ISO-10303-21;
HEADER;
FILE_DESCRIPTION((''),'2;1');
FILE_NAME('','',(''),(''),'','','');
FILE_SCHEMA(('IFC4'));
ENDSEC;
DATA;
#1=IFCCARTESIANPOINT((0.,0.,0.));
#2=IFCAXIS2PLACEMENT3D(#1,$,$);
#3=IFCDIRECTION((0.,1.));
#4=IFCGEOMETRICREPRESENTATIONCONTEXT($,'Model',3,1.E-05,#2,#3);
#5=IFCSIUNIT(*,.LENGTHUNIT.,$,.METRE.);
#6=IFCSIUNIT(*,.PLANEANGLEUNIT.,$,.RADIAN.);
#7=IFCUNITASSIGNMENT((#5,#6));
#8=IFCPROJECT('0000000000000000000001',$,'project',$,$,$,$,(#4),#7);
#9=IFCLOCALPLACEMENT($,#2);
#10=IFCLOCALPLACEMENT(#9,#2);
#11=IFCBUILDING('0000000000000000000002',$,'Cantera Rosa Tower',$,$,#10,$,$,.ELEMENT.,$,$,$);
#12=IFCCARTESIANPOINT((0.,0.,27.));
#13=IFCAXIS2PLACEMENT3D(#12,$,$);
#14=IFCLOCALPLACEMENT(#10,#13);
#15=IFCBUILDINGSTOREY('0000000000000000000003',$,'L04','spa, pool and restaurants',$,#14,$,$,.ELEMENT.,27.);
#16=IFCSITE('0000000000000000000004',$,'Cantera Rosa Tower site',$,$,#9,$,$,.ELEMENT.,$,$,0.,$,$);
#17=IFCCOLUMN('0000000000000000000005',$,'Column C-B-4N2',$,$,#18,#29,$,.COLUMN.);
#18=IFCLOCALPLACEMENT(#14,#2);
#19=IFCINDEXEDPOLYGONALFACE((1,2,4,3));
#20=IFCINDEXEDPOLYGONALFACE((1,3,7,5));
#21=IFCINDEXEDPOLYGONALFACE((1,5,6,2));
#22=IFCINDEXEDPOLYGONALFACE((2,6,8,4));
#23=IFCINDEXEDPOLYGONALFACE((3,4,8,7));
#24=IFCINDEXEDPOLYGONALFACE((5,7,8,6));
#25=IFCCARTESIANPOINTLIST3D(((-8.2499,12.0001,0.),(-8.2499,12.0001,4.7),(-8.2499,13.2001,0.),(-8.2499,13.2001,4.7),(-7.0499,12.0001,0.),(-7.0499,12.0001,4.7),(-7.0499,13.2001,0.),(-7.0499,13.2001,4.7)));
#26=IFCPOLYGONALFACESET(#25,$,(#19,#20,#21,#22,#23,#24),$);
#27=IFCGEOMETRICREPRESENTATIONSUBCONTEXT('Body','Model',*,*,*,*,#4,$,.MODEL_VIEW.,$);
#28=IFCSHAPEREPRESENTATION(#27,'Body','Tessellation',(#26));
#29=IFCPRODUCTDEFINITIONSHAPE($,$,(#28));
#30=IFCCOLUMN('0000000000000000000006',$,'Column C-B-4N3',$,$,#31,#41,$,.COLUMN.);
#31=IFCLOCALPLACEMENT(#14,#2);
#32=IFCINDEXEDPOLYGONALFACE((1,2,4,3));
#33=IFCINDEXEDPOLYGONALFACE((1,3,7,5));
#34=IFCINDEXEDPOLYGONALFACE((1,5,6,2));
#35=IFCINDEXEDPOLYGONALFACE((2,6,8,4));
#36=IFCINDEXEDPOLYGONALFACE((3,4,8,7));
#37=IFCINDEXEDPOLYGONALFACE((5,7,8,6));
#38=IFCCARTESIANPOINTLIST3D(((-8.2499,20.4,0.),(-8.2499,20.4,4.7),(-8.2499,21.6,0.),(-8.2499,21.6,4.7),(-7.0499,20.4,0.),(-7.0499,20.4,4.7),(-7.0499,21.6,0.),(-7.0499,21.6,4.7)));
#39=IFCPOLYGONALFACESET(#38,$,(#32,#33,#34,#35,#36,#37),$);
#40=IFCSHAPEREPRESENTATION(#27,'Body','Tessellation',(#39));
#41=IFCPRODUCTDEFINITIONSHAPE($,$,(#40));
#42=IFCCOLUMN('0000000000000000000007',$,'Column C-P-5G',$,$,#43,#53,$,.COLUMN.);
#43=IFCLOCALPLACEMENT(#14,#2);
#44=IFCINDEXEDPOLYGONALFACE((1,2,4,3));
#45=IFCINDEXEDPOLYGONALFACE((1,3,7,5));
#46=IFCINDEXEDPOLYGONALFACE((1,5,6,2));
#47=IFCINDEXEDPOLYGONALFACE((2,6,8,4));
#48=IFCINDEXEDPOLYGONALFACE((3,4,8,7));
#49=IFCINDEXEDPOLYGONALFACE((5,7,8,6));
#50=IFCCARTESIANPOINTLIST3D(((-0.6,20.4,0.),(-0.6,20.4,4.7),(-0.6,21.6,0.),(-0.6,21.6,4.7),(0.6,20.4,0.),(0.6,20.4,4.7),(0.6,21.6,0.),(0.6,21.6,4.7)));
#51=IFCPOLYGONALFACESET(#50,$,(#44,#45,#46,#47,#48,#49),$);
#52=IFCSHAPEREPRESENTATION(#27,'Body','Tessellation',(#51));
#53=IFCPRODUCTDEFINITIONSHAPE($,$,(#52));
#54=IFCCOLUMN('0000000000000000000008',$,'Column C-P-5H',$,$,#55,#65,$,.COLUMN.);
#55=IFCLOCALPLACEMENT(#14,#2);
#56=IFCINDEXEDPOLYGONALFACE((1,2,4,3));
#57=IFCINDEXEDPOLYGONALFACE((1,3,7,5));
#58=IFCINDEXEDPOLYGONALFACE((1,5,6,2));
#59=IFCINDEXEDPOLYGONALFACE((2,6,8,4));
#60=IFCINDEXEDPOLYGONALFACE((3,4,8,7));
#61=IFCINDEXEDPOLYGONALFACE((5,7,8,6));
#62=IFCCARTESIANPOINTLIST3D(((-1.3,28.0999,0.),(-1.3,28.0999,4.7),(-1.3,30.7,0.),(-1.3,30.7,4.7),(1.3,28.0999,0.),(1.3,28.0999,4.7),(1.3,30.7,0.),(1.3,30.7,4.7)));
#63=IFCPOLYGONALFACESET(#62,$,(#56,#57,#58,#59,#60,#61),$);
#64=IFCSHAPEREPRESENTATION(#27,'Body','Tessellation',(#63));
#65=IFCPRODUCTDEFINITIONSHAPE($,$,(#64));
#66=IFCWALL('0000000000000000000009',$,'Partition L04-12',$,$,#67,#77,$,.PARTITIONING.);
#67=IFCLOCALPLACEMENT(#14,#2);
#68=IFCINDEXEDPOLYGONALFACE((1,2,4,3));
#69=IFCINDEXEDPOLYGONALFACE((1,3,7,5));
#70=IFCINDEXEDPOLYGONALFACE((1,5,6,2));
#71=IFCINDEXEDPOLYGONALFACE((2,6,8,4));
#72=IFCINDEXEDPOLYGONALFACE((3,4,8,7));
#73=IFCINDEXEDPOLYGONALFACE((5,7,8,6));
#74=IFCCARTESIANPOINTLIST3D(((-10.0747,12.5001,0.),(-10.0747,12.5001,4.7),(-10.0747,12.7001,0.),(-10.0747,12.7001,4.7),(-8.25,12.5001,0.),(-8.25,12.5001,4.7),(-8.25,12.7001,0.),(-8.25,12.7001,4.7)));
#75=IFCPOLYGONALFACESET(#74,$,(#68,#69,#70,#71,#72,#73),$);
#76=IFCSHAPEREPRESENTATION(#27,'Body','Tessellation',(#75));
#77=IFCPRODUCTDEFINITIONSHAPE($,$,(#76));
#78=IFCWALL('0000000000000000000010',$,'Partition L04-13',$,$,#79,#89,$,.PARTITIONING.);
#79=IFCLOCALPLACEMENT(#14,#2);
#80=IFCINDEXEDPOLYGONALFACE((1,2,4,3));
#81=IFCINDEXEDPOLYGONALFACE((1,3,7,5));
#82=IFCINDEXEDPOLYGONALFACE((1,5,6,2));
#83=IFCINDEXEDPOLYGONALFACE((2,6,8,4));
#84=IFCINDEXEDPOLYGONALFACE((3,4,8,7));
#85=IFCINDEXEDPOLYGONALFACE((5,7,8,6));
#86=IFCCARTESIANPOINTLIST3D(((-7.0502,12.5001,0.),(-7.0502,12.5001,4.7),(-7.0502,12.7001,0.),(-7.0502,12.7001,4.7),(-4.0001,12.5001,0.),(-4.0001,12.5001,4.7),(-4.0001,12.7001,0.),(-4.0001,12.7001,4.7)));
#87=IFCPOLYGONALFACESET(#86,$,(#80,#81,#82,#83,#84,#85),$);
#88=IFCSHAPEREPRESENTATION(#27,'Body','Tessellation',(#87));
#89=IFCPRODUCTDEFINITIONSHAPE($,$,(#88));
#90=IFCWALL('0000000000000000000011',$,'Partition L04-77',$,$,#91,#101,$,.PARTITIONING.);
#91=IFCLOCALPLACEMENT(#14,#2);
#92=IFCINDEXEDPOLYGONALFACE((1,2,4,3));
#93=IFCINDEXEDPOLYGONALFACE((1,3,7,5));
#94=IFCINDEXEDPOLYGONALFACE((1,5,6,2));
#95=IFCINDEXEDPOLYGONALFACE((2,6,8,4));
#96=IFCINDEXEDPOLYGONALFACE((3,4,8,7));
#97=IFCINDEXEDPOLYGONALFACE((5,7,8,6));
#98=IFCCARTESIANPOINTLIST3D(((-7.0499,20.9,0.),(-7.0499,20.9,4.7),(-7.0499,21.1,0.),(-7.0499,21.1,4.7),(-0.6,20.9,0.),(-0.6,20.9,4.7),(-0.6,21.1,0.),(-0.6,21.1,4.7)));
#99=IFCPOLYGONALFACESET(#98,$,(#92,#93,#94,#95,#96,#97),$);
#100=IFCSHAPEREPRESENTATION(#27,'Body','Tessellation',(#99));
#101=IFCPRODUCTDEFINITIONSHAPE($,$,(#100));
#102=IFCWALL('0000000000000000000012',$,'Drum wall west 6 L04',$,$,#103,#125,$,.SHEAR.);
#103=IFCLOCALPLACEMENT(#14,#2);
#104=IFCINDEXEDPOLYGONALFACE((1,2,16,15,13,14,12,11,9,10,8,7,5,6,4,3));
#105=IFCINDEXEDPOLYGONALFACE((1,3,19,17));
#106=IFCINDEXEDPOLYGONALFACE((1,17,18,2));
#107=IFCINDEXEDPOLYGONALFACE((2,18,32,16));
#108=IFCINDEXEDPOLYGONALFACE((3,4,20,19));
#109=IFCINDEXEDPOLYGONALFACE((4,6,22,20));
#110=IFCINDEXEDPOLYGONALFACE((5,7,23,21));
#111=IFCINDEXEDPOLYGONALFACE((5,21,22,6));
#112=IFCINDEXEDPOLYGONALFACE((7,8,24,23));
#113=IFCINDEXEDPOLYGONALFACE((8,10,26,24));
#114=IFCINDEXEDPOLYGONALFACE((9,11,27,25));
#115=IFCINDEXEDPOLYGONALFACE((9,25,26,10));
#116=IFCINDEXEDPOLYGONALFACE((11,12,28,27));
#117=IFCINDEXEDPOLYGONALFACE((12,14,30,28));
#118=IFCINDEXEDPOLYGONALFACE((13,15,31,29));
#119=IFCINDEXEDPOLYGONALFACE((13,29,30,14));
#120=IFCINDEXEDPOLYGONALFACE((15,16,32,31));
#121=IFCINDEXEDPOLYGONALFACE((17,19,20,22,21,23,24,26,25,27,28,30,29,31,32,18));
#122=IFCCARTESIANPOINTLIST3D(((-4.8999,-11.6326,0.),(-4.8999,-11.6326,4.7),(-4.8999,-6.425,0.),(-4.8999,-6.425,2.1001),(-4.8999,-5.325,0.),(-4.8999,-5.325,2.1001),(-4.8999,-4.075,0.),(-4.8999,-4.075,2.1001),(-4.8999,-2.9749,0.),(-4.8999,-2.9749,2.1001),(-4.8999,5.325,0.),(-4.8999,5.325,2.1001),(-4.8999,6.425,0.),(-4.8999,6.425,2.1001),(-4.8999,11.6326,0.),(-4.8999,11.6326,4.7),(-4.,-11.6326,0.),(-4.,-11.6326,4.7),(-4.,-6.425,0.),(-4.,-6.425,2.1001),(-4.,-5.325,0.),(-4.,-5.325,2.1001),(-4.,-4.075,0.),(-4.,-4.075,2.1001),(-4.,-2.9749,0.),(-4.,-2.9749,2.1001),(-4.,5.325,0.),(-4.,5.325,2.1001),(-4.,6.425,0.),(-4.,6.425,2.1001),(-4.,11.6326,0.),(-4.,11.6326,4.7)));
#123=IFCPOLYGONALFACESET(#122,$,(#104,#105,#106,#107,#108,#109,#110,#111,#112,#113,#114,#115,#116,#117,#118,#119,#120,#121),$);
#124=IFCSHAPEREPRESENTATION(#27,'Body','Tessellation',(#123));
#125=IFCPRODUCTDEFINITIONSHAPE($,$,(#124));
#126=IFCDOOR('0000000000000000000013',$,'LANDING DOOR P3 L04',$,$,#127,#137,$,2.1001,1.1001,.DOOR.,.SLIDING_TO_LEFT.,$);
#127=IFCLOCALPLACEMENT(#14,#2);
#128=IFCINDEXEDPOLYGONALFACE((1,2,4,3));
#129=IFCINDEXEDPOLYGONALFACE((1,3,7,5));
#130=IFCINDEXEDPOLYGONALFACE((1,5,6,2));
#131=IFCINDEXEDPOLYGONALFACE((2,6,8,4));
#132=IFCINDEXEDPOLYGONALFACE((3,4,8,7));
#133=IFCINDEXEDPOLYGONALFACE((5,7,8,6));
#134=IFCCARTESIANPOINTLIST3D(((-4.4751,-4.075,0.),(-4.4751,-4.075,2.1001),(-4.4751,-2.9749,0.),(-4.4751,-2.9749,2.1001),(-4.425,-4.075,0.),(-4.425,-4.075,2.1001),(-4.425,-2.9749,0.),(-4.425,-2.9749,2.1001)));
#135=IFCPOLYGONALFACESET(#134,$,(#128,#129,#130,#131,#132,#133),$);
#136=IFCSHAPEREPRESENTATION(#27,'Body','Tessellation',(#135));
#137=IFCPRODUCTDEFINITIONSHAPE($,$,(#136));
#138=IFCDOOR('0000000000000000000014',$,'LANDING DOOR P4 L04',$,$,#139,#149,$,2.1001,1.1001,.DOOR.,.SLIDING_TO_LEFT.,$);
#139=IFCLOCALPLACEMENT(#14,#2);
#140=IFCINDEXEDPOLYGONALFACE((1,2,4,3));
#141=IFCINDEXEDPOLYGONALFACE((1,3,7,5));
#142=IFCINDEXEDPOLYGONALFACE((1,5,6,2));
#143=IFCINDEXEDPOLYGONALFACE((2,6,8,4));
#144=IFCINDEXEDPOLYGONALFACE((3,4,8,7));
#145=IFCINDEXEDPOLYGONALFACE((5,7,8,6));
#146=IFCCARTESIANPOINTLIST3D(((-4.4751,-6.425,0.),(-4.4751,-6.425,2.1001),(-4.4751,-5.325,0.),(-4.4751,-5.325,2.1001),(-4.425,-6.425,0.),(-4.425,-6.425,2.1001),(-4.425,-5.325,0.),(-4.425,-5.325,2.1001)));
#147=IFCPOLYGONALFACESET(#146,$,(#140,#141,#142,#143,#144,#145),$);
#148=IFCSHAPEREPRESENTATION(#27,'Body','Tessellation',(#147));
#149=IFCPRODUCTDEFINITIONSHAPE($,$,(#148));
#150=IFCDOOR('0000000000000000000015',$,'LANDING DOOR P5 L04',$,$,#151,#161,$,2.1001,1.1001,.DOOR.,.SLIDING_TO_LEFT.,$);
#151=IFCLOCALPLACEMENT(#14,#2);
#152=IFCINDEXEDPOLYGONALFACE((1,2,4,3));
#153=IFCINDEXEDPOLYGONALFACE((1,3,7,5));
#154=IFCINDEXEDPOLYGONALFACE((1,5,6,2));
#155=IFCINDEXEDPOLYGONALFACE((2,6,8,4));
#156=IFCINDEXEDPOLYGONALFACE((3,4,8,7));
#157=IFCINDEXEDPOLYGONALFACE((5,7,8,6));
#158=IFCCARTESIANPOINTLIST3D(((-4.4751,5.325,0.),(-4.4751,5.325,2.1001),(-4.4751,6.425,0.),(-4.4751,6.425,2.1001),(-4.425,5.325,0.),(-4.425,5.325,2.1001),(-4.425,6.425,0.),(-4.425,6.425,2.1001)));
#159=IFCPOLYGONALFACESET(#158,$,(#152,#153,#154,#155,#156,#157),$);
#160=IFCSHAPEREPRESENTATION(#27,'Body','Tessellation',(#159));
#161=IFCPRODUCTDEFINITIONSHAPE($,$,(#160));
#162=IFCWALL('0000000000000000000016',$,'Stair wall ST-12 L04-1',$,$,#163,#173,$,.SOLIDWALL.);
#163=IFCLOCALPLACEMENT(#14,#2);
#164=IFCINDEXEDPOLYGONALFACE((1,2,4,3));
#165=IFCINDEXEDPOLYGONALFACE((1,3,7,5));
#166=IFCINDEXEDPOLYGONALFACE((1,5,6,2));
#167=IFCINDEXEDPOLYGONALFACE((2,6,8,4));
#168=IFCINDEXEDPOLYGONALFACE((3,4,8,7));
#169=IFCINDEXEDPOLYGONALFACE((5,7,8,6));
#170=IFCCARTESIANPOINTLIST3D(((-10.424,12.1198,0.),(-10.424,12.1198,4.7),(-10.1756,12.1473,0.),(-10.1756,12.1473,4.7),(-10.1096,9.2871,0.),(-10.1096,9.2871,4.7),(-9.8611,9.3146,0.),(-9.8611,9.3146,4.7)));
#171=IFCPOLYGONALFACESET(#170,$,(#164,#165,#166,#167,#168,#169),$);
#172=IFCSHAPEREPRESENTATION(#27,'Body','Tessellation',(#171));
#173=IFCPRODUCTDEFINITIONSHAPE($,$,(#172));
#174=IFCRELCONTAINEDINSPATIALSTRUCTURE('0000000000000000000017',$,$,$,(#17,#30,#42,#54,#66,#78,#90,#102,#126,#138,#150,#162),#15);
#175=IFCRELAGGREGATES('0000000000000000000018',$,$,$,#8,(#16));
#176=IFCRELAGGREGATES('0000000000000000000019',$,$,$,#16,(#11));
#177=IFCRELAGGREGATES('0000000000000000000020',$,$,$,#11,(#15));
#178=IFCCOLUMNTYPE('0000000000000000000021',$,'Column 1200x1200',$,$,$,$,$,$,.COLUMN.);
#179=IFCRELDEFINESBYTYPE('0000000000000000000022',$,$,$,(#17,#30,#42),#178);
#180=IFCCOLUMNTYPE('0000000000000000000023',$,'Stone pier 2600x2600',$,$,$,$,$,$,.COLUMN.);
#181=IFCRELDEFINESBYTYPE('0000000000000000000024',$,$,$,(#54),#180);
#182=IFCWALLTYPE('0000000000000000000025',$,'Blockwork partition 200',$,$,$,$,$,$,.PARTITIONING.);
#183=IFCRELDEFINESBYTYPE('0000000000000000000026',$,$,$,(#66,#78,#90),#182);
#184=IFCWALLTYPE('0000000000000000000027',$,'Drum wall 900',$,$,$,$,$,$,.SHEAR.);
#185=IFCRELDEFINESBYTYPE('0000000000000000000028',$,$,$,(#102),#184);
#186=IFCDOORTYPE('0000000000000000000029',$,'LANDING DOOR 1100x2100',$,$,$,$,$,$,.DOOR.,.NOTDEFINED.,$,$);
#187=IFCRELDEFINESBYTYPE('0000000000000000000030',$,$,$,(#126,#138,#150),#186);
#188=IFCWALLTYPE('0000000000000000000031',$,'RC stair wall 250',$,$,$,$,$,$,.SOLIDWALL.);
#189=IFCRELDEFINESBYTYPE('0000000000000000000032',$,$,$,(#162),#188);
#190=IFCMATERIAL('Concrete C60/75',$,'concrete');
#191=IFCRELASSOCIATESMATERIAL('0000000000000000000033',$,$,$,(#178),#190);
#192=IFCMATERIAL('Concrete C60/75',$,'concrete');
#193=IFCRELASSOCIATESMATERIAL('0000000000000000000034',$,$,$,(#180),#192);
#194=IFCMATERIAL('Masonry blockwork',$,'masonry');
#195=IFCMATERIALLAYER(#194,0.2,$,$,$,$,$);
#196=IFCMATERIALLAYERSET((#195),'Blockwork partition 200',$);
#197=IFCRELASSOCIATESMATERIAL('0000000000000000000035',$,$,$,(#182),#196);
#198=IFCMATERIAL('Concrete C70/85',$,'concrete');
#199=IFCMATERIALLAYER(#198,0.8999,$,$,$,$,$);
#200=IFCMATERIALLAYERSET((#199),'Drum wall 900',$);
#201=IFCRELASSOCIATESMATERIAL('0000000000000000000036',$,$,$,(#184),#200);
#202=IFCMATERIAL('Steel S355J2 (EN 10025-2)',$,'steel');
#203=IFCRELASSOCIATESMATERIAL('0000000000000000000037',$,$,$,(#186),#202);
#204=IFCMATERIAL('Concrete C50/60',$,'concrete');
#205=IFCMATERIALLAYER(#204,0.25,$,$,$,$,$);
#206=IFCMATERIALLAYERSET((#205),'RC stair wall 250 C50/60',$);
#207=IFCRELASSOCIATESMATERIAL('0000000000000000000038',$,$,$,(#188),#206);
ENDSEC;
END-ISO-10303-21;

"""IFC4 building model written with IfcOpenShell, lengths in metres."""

from ifc_helpers import new_model, si_unit, direction, frame, frame_2d, origin, origin_2d, place, context, subcontext, project, spatial, rectangle, extrude, material, layer, layer_set, material_profile, profile_set, type_object, element, fill, save


model = new_model("IFC4")

# Units and contexts
model_context = context("Model", 3, precision=1e-05, world=origin(), true_north=direction((0.0, 1.0)))
body_context = subcontext(model_context, "Body", "Model", "MODEL_VIEW")
ifc_project = project(units=[si_unit("LENGTHUNIT", "METRE"), si_unit("PLANEANGLEUNIT", "RADIAN")], contexts=[model_context])

# Site, building, storey
site_placement = place(None, origin())
site = spatial("IfcSite", under=ifc_project, at=site_placement, Name="Cantera Rosa Tower site", CompositionType="ELEMENT", RefElevation=0.0)
building_placement = place(site_placement, origin())
building = spatial("IfcBuilding", under=site, at=building_placement, Name="Cantera Rosa Tower", CompositionType="ELEMENT")
storey_placement = place(building_placement, frame((0.0, 0.0, 27.0)))
storey = spatial("IfcBuildingStorey", under=building, at=storey_placement, Name="L04", Description="spa, pool and restaurants", CompositionType="ELEMENT", Elevation=27.0)

# Columns
ifc_material_1 = material(Name="Concrete C60/75", Category="concrete")
ifc_material_profile_1 = material_profile(ifc_material_1, rectangle(XDim=1.2, YDim=1.2, at=origin_2d()), Name="Column 1200x1200")
ifc_profile_set_1 = profile_set([ifc_material_profile_1], Name="Concrete C60/75")
column_type_1 = type_object("IfcColumnType", Name="Column 1200x1200", PredefinedType="COLUMN", material=ifc_profile_set_1)
for number, where, z_axis, x_axis, name in (
    (1, (-7.6499, 12.6001, 0.0), (0.0, 0.0, 1.0), (1.0, 0.0, 0.0), "Column C-B-4N2"),
    (2, (-7.6499, 21.0, 0.0), (0.0, 0.0, 1.0), (1.0, 0.0, 0.0), "Column C-B-4N3"),
    (3, (0.0, 21.0, 0.0), (0.0, 0.0, 1.0), (1.0, 0.0, 0.0), "Column C-P-5G"),
):
    element("IfcColumn", number, at=place(storey_placement, frame(where, z_axis=z_axis, x_axis=x_axis)), inside=storey, type_object=column_type_1, Name=name, PredefinedType="COLUMN", context=body_context, shape_type="SweptSolid", body=[
        extrude(rectangle(XDim=1.2, YDim=1.2, at=origin_2d()), origin(), (0.0, 0.0, 1.0), 4.7),
    ])
ifc_material_2 = material(Name="Concrete C60/75", Category="concrete")
ifc_material_profile_2 = material_profile(ifc_material_2, rectangle(XDim=2.6001, YDim=2.6001, at=origin_2d()), Name="Stone pier 2600x2600")
ifc_profile_set_2 = profile_set([ifc_material_profile_2], Name="Concrete C60/75")
column_type_2 = type_object("IfcColumnType", Name="Stone pier 2600x2600", PredefinedType="COLUMN", material=ifc_profile_set_2)
column_placement = place(storey_placement, frame((0.0, 29.3999, 0.0), z_axis=(0.0, 0.0, 1.0), x_axis=(1.0, 0.0, 0.0)))
element("IfcColumn", 4, at=column_placement, inside=storey, type_object=column_type_2, Name="Column C-P-5H", PredefinedType="COLUMN", context=body_context, shape_type="SweptSolid", body=[
    extrude(rectangle(XDim=2.6001, YDim=2.6001, at=origin_2d()), origin(), (0.0, 0.0, 1.0), 4.7),
])

# Walls
ifc_material_3 = material(Name="Masonry blockwork", Category="masonry")
ifc_layer_1 = layer(ifc_material_3, 0.2)
ifc_layer_set_1 = layer_set([ifc_layer_1], Name="Blockwork partition 200")
wall_type_1 = type_object("IfcWallType", Name="Blockwork partition 200", PredefinedType="PARTITIONING", material=ifc_layer_set_1)
wall_1_placement = place(storey_placement, frame((-10.0747, 12.6001, 0.0), z_axis=(0.0, 0.0, 1.0), x_axis=(1.0, 0.0, 0.0)))
element("IfcWall", 5, at=wall_1_placement, inside=storey, type_object=wall_type_1, Name="Partition L04-12", PredefinedType="PARTITIONING", context=body_context, shape_type="SweptSolid", body=[
    extrude(rectangle(XDim=1.8247, YDim=0.2, at=frame_2d((0.9124, 0.0))), origin(), (0.0, 0.0, 1.0), 4.7),
])
wall_2_placement = place(storey_placement, frame((-7.05, 12.6001, 0.0), z_axis=(0.0, 0.0, 1.0), x_axis=(1.0, 0.0, 0.0)))
element("IfcWall", 6, at=wall_2_placement, inside=storey, type_object=wall_type_1, Name="Partition L04-13", PredefinedType="PARTITIONING", context=body_context, shape_type="SweptSolid", body=[
    extrude(rectangle(XDim=3.05, YDim=0.2, at=frame_2d((1.5249, 0.0))), origin(), (0.0, 0.0, 1.0), 4.7),
])
wall_3_placement = place(storey_placement, frame((-7.05, 21.0, 0.0), z_axis=(0.0, 0.0, 1.0), x_axis=(1.0, 0.0, 0.0)))
element("IfcWall", 7, at=wall_3_placement, inside=storey, type_object=wall_type_1, Name="Partition L04-77", PredefinedType="PARTITIONING", context=body_context, shape_type="SweptSolid", body=[
    extrude(rectangle(XDim=6.45, YDim=0.2, at=frame_2d((3.2251, 0.0))), origin(), (0.0, 0.0, 1.0), 4.7),
])

# Wall, openings, doors
ifc_material_4 = material(Name="Concrete C70/85", Category="concrete")
ifc_layer_2 = layer(ifc_material_4, 0.8999)
ifc_layer_set_2 = layer_set([ifc_layer_2], Name="Drum wall 900")
wall_type_2 = type_object("IfcWallType", Name="Drum wall 900", PredefinedType="SHEAR", material=ifc_layer_set_2)
wall_4_placement = place(storey_placement, frame((-4.45, 11.6326, 0.0), z_axis=(0.0, 0.0, 1.0), x_axis=(0.0, -1.0, 0.0)))
wall_4 = element("IfcWall", 8, at=wall_4_placement, inside=storey, type_object=wall_type_2, Name="Drum wall west 6 L04", PredefinedType="SHEAR", context=body_context, shape_type="SweptSolid", body=[
    extrude(rectangle(XDim=23.2651, YDim=0.8999, at=frame_2d((11.6326, 0.0))), origin(), (0.0, 0.0, 1.0), 4.7),
])
opening_1_placement = place(wall_4_placement, frame((14.6074, 0.0, 0.0)))
opening_1 = element("IfcOpeningElement", 9, at=opening_1_placement, cuts=wall_4, PredefinedType="OPENING", context=body_context, shape_type="SweptSolid", body=[
    extrude(rectangle(XDim=1.1001, YDim=2.1001, at=frame_2d((0.55, 1.05))), frame((0.0, 0.46, 0.0), z_axis=(0.0, -1.0, 0.0), x_axis=(1.0, 0.0, 0.0)), (0.0, 0.0, 1.0), 0.9199),
])
opening_2_placement = place(wall_4_placement, frame((16.9575, 0.0, 0.0)))
opening_2 = element("IfcOpeningElement", 10, at=opening_2_placement, cuts=wall_4, PredefinedType="OPENING", context=body_context, shape_type="SweptSolid", body=[
    extrude(rectangle(XDim=1.1001, YDim=2.1001, at=frame_2d((0.55, 1.05))), frame((0.0, 0.46, 0.0), z_axis=(0.0, -1.0, 0.0), x_axis=(1.0, 0.0, 0.0)), (0.0, 0.0, 1.0), 0.9199),
])
opening_3_placement = place(wall_4_placement, frame((5.2075, 0.0, 0.0)))
opening_3 = element("IfcOpeningElement", 11, at=opening_3_placement, cuts=wall_4, PredefinedType="OPENING", context=body_context, shape_type="SweptSolid", body=[
    extrude(rectangle(XDim=1.1001, YDim=2.1001, at=frame_2d((0.55, 1.05))), frame((0.0, 0.46, 0.0), z_axis=(0.0, -1.0, 0.0), x_axis=(1.0, 0.0, 0.0)), (0.0, 0.0, 1.0), 0.9199),
])
ifc_material_5 = material(Name="Steel S355J2 (EN 10025-2)", Category="steel")
door_type = type_object("IfcDoorType", Name="LANDING DOOR 1100x2100", OperationType="NOTDEFINED", PredefinedType="DOOR", material=ifc_material_5)
door_1_placement = place(opening_1_placement, origin())
door_1 = element("IfcDoor", 12, at=door_1_placement, inside=storey, type_object=door_type, Name="LANDING DOOR P3 L04", OperationType="SLIDING_TO_LEFT", OverallHeight=2.1001, OverallWidth=1.1001, PredefinedType="DOOR", context=body_context, shape_type="SweptSolid", body=[
    extrude(rectangle(XDim=1.1001, YDim=2.1001, at=frame_2d((0.55, 1.05))), frame((0.0, 0.0249, 0.0), z_axis=(0.0, -1.0, 0.0), x_axis=(1.0, 0.0, 0.0)), (0.0, 0.0, 1.0), 0.05),
])
fill(opening_1, door_1)
door_2_placement = place(opening_2_placement, origin())
door_2 = element("IfcDoor", 13, at=door_2_placement, inside=storey, type_object=door_type, Name="LANDING DOOR P4 L04", OperationType="SLIDING_TO_LEFT", OverallHeight=2.1001, OverallWidth=1.1001, PredefinedType="DOOR", context=body_context, shape_type="SweptSolid", body=[
    extrude(rectangle(XDim=1.1001, YDim=2.1001, at=frame_2d((0.55, 1.05))), frame((0.0, 0.0249, 0.0), z_axis=(0.0, -1.0, 0.0), x_axis=(1.0, 0.0, 0.0)), (0.0, 0.0, 1.0), 0.05),
])
fill(opening_2, door_2)
door_3_placement = place(opening_3_placement, origin())
door_3 = element("IfcDoor", 14, at=door_3_placement, inside=storey, type_object=door_type, Name="LANDING DOOR P5 L04", OperationType="SLIDING_TO_LEFT", OverallHeight=2.1001, OverallWidth=1.1001, PredefinedType="DOOR", context=body_context, shape_type="SweptSolid", body=[
    extrude(rectangle(XDim=1.1001, YDim=2.1001, at=frame_2d((0.55, 1.05))), frame((0.0, 0.0249, 0.0), z_axis=(0.0, -1.0, 0.0), x_axis=(1.0, 0.0, 0.0)), (0.0, 0.0, 1.0), 0.05),
])
fill(opening_3, door_3)

# Wall
ifc_material_6 = material(Name="Concrete C50/60", Category="concrete")
ifc_layer_3 = layer(ifc_material_6, 0.25)
ifc_layer_set_3 = layer_set([ifc_layer_3], Name="RC stair wall 250 C50/60")
wall_type_3 = type_object("IfcWallType", Name="RC stair wall 250", PredefinedType="SOLIDWALL", material=ifc_layer_set_3)
wall_5_placement = place(storey_placement, frame((-10.2998, 12.1335, 0.0), z_axis=(0.0, 0.0, 1.0), x_axis=(0.110328, -0.993895, 0.0)))
element("IfcWall", 15, at=wall_5_placement, inside=storey, type_object=wall_type_3, Name="Stair wall ST-12 L04-1", PredefinedType="SOLIDWALL", context=body_context, shape_type="SweptSolid", body=[
    extrude(rectangle(XDim=2.8501, YDim=0.25, at=frame_2d((1.425, 0.0))), origin(), (0.0, 0.0, 1.0), 4.7),
])

save(model, "model.ifc")
